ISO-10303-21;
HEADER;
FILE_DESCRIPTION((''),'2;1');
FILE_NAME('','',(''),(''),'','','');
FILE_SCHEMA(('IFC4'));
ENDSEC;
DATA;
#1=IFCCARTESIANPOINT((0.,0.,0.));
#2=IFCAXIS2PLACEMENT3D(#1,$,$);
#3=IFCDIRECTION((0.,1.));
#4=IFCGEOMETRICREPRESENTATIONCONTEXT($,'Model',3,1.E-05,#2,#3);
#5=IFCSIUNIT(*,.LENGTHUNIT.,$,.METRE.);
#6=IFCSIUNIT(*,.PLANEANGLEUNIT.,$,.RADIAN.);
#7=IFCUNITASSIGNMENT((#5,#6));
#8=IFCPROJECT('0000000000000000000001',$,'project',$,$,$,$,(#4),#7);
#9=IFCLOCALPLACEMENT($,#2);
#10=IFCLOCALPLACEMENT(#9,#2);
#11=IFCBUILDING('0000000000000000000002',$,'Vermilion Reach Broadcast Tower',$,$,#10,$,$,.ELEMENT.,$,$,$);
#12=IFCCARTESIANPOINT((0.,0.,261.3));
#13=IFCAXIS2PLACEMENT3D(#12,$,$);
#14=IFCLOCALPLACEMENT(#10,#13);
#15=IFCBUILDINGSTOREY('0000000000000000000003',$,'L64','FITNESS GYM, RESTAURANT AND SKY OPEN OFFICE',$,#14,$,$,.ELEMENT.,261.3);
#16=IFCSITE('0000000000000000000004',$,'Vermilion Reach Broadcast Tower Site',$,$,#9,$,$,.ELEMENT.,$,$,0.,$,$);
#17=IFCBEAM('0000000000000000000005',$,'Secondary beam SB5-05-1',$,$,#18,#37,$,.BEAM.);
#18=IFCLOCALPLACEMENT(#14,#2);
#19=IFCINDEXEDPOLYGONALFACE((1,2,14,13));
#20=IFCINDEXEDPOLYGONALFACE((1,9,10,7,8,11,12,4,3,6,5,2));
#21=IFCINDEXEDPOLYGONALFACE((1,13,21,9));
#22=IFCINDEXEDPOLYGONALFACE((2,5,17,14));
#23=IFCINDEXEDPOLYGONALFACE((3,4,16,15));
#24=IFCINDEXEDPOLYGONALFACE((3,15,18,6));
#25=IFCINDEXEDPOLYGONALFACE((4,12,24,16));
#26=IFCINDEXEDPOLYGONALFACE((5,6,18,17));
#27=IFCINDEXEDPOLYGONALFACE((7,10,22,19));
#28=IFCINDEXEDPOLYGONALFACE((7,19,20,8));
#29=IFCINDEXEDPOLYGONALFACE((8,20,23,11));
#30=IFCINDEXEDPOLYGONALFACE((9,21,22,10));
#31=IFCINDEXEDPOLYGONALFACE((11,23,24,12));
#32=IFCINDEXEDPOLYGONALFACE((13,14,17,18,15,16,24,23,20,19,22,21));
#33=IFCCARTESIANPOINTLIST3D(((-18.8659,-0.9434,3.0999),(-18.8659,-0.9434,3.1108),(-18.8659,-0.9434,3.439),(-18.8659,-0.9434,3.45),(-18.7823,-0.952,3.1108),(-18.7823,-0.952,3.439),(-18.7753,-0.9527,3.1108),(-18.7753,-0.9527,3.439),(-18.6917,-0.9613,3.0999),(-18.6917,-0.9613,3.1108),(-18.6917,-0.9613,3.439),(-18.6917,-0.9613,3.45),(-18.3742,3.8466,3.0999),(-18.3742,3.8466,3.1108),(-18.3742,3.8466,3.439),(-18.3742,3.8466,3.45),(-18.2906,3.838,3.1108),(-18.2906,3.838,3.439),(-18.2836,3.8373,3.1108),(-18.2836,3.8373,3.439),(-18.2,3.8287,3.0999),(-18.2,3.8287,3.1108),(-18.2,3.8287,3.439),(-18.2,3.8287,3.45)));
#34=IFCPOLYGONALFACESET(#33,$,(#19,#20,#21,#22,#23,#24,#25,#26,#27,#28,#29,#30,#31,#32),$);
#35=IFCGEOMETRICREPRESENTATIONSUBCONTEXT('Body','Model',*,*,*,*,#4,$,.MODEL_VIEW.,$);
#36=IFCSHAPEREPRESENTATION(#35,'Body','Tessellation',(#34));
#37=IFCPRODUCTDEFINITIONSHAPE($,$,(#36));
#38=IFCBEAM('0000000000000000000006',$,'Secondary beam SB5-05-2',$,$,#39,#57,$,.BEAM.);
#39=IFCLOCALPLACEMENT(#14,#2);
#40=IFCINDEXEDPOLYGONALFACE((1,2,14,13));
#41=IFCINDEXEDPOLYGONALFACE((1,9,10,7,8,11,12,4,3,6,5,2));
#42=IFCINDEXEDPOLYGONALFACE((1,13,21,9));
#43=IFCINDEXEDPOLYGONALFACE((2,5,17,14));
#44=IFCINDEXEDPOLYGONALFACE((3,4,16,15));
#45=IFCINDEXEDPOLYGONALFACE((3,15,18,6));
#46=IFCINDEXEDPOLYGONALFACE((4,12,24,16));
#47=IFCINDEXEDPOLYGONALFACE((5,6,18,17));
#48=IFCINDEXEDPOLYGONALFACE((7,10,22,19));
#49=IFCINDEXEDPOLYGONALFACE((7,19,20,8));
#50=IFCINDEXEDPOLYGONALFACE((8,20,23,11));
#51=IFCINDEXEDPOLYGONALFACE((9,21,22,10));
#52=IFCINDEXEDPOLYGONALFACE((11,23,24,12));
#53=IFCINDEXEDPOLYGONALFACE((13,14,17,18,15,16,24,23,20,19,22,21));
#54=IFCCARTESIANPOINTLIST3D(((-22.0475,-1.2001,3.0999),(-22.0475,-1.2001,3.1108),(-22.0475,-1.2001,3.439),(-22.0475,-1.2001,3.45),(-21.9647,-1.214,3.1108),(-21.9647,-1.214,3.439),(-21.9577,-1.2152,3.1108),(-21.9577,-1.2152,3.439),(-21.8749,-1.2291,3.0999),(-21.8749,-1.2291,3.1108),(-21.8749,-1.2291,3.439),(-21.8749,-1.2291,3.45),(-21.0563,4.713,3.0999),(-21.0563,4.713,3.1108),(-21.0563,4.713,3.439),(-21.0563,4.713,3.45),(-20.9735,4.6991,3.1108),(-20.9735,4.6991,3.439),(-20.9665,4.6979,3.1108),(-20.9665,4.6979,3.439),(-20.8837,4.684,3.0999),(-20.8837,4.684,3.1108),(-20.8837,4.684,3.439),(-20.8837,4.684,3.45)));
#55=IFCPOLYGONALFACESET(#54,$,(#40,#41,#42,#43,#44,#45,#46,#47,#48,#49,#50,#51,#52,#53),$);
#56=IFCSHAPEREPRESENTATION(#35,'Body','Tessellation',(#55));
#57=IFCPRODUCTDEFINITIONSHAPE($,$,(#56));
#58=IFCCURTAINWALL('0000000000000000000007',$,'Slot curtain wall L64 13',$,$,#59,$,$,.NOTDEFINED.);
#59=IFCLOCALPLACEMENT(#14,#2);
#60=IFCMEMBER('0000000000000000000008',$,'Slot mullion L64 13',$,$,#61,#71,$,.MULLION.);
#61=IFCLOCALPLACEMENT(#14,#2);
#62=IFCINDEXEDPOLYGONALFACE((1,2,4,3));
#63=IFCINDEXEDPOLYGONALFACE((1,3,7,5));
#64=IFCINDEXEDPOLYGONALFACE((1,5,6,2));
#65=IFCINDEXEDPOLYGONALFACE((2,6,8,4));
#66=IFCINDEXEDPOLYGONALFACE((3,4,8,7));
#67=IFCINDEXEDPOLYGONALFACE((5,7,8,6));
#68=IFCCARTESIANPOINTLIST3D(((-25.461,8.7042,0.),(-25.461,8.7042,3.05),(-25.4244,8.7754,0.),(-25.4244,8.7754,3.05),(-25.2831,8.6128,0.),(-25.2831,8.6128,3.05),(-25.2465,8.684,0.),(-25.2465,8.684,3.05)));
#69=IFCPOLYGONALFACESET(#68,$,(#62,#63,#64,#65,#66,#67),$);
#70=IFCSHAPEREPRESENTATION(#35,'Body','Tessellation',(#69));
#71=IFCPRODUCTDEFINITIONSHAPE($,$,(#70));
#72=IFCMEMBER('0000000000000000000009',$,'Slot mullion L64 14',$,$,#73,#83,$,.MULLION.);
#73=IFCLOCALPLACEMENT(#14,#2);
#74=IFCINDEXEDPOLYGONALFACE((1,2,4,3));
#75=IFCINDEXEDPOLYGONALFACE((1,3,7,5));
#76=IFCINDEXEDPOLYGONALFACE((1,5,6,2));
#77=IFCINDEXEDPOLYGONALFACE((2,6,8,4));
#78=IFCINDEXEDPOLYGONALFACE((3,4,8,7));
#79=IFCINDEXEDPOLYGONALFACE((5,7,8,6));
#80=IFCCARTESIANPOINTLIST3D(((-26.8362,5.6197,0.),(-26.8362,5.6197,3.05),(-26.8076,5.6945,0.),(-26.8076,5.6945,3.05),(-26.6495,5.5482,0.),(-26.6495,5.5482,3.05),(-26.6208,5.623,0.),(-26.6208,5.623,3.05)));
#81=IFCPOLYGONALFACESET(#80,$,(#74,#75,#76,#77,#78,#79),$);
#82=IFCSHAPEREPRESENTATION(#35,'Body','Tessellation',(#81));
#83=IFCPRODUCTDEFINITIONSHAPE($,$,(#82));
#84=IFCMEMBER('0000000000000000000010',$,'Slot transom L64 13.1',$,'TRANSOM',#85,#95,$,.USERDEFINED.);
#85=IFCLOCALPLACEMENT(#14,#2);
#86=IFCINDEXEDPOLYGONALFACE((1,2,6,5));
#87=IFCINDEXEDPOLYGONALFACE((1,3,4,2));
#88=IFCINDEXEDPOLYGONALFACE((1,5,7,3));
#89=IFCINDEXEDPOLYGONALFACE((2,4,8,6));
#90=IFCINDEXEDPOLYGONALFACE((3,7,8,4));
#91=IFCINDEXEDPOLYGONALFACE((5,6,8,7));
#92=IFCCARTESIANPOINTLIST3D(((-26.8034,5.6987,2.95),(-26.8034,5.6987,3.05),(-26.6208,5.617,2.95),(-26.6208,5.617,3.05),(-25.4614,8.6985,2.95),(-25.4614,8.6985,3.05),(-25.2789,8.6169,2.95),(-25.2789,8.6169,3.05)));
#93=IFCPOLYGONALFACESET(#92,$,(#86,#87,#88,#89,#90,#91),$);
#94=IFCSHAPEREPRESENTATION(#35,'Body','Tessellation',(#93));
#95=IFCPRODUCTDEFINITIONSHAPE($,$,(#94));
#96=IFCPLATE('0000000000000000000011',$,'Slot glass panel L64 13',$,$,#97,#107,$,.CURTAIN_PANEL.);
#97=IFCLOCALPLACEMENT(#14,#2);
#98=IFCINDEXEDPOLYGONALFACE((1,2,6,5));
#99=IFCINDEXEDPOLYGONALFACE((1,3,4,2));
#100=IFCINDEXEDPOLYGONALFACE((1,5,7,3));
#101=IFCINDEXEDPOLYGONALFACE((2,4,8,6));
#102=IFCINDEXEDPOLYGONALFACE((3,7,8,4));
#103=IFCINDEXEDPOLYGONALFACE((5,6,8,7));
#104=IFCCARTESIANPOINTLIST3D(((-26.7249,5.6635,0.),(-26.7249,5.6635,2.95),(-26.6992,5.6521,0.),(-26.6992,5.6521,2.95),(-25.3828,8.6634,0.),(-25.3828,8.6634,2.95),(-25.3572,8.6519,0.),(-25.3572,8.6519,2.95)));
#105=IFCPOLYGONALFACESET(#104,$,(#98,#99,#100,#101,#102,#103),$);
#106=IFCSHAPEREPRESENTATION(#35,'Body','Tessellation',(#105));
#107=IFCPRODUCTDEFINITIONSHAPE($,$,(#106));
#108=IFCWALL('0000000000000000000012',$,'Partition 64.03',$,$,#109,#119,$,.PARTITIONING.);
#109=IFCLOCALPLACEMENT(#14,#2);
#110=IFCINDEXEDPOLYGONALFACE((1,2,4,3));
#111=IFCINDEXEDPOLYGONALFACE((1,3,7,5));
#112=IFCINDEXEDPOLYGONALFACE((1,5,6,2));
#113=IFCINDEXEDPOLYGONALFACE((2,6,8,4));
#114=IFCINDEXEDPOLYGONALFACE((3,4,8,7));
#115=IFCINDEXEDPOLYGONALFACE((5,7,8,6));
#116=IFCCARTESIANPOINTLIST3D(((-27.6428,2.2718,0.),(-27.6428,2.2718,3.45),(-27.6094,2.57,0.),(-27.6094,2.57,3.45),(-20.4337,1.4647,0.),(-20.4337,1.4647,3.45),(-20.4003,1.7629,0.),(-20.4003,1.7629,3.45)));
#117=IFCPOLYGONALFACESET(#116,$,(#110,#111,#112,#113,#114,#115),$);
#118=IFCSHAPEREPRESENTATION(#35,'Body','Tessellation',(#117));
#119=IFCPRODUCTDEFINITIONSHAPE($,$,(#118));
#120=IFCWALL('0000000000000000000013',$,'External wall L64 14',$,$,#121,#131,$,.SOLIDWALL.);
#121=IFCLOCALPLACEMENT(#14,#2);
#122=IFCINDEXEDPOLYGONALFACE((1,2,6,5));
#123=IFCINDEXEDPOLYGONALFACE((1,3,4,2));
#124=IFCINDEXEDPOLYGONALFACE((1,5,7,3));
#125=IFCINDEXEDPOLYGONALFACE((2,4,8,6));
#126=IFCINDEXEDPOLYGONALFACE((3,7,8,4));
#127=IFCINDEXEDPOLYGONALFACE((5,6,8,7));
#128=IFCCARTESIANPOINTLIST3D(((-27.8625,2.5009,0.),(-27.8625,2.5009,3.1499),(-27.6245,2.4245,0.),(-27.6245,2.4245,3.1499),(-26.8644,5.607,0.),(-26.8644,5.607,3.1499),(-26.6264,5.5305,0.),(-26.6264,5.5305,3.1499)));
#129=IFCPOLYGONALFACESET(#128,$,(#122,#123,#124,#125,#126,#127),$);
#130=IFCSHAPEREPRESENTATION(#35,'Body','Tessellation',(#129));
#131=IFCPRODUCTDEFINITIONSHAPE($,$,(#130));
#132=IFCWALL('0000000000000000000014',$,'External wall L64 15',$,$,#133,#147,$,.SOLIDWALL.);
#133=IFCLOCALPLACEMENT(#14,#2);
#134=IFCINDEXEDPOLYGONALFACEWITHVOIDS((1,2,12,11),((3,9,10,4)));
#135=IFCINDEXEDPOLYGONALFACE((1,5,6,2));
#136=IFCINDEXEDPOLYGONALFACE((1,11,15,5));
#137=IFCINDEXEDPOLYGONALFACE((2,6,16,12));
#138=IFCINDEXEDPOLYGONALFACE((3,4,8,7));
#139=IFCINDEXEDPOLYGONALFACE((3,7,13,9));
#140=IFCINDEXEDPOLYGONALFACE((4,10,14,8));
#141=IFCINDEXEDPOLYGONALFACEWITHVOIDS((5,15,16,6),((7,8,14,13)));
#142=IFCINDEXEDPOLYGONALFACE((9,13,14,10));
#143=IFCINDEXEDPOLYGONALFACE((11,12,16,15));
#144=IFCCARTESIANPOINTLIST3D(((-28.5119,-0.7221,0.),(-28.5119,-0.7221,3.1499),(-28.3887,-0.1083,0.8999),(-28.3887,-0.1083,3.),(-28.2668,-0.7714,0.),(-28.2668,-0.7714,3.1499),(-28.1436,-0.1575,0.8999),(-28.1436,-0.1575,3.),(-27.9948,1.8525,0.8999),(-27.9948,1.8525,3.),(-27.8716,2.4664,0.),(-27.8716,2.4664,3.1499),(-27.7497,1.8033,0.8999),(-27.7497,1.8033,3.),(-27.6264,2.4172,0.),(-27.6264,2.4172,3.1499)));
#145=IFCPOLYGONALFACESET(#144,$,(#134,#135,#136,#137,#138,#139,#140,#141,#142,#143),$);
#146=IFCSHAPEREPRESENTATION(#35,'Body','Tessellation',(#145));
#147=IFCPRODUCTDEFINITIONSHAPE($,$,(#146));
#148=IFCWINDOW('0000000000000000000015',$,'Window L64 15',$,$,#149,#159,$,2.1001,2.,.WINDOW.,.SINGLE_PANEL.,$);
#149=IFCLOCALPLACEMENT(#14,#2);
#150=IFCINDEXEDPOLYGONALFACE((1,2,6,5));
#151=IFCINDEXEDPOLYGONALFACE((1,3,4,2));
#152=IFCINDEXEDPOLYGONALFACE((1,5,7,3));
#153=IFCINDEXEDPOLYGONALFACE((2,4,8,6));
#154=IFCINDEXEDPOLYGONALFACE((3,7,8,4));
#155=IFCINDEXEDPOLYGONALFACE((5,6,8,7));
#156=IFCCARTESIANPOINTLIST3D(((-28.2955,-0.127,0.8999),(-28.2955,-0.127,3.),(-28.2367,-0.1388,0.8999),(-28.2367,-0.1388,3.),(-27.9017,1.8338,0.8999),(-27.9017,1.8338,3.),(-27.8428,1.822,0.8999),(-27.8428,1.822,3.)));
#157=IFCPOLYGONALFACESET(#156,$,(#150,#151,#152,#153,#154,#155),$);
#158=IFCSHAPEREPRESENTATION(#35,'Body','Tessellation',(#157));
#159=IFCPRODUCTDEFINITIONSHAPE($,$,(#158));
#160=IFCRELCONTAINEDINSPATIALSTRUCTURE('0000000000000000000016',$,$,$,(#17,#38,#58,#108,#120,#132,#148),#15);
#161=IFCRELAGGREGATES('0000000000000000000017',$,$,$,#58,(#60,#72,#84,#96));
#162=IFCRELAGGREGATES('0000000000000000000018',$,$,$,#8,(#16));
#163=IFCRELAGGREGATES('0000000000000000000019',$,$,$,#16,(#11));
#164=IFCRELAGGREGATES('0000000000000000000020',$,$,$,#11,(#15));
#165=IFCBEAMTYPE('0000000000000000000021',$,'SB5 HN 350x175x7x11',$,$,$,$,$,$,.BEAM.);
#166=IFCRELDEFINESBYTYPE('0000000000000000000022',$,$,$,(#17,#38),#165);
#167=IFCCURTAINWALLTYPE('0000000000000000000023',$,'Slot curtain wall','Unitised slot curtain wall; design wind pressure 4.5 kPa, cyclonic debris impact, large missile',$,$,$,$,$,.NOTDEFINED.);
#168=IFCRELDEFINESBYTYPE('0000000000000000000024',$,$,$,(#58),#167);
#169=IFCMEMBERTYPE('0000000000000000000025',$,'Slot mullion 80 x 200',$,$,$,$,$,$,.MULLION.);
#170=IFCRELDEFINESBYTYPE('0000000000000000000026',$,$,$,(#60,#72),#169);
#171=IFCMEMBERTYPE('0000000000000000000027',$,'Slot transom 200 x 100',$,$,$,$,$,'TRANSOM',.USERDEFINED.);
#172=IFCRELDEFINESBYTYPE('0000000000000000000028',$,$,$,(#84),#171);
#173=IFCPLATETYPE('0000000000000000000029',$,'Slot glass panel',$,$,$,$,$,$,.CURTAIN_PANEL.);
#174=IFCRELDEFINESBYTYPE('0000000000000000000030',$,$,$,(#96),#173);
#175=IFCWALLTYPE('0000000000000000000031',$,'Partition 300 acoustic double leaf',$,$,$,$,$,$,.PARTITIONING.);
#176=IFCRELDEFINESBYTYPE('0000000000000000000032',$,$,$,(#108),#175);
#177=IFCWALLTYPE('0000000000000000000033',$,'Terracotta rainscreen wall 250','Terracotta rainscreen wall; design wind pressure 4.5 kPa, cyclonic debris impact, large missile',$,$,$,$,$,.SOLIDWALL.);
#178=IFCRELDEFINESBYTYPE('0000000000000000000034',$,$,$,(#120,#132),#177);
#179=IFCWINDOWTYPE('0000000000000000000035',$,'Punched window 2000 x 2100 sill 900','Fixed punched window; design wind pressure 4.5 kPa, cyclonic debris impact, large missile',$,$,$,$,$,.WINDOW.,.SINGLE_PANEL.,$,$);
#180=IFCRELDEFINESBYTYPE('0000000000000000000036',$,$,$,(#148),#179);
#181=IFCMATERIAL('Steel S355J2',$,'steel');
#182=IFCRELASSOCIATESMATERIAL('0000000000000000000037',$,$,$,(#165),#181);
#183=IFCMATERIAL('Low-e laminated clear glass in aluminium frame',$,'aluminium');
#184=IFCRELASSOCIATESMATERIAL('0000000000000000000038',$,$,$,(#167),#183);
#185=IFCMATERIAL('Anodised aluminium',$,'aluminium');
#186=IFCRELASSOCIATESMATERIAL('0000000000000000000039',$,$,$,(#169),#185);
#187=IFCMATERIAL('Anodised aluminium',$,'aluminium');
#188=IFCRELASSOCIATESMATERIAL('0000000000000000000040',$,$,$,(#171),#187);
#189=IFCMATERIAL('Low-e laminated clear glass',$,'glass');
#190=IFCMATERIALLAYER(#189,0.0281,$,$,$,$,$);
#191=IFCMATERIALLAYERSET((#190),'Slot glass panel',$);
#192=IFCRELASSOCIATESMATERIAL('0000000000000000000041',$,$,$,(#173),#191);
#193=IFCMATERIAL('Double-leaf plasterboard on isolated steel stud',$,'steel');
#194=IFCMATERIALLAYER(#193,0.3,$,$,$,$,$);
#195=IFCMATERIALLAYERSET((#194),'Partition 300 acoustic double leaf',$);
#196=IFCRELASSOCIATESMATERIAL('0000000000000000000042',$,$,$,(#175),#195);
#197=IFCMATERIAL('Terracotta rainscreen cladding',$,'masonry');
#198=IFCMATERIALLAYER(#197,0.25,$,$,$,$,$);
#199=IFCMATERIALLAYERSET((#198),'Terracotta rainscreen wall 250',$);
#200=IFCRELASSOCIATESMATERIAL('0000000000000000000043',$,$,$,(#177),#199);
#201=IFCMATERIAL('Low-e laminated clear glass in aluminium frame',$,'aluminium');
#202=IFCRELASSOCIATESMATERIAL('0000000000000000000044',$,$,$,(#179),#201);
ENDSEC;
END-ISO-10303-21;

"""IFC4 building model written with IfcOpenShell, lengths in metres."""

from ifc_helpers import new_model, si_unit, direction, frame, frame_2d, origin, origin_2d, place, context, subcontext, project, spatial, rectangle, i_section, extrude, material, layer, layer_set, material_profile, profile_set, type_object, element, fill, aggregate, save


model = new_model("IFC4")

# Units and contexts
model_context = context("Model", 3, precision=1e-05, world=origin(), true_north=direction((0.0, 1.0)))
body_context = subcontext(model_context, "Body", "Model", "MODEL_VIEW")
ifc_project = project(units=[si_unit("LENGTHUNIT", "METRE"), si_unit("PLANEANGLEUNIT", "RADIAN")], contexts=[model_context])

# Site, building, storey
site_placement = place(None, origin())
site = spatial("IfcSite", under=ifc_project, at=site_placement, Name="Vermilion Reach Broadcast Tower Site", CompositionType="ELEMENT", RefElevation=0.0)
building_placement = place(site_placement, origin())
building = spatial("IfcBuilding", under=site, at=building_placement, Name="Vermilion Reach Broadcast Tower", CompositionType="ELEMENT")
storey_placement = place(building_placement, frame((0.0, 0.0, 261.3)))
storey = spatial("IfcBuildingStorey", under=building, at=storey_placement, Name="L64", Description="FITNESS GYM, RESTAURANT AND SKY OPEN OFFICE", CompositionType="ELEMENT", Elevation=261.3)

# Beams
ifc_material_1 = material(Name="Steel S355J2", Category="steel")
ifc_material_profile_1 = material_profile(ifc_material_1, i_section(OverallWidth=0.175, OverallDepth=0.3501, WebThickness=0.0071, FlangeThickness=0.011, at=origin_2d()), Name="S355J2 HN 350x175x7x11")
ifc_profile_set_1 = profile_set([ifc_material_profile_1], Name="Steel S355J2")
beam_type_1 = type_object("IfcBeamType", Name="SB5 HN 350x175x7x11", PredefinedType="BEAM", material=ifc_profile_set_1)
beam_1_placement = place(storey_placement, frame((-18.2871, 3.8376, 3.2749), z_axis=(-0.102114, -0.994773, 0.0), x_axis=(0.994773, -0.102114, 0.0)))
element("IfcBeam", 1, at=beam_1_placement, inside=storey, type_object=beam_type_1, Name="Secondary beam SB5-05-1", PredefinedType="BEAM", context=body_context, shape_type="SweptSolid", body=[
    extrude(i_section(OverallWidth=0.175, OverallDepth=0.3501, WebThickness=0.0071, FlangeThickness=0.011, at=origin_2d()), origin(), (0.0, 0.0, 1.0), 4.8152),
])
beam_2_placement = place(storey_placement, frame((-20.97, 4.6985, 3.2749), z_axis=(-0.165323, -0.986239, 0.0), x_axis=(0.986239, -0.165323, 0.0)))
element("IfcBeam", 2, at=beam_2_placement, inside=storey, type_object=beam_type_1, Name="Secondary beam SB5-05-2", PredefinedType="BEAM", context=body_context, shape_type="SweptSolid", body=[
    extrude(i_section(OverallWidth=0.175, OverallDepth=0.3501, WebThickness=0.0071, FlangeThickness=0.011, at=origin_2d()), origin(), (0.0, 0.0, 1.0), 5.9956),
])

# Curtain wall, members, plate
ifc_material_2 = material(Name="Low-e laminated clear glass in aluminium frame", Category="aluminium")
curtain_wall_type = type_object("IfcCurtainWallType", Name="Slot curtain wall", Description="Unitised slot curtain wall; design wind pressure 4.5 kPa, cyclonic debris impact, large missile", PredefinedType="NOTDEFINED", material=ifc_material_2)
curtain_wall_placement = place(storey_placement, origin())
curtain_wall = element("IfcCurtainWall", 3, at=curtain_wall_placement, inside=storey, type_object=curtain_wall_type, Name="Slot curtain wall L64 13", PredefinedType="NOTDEFINED")
ifc_material_3 = material(Name="Anodised aluminium", Category="aluminium")
ifc_material_profile_2 = material_profile(ifc_material_3, rectangle(XDim=0.2, YDim=0.0801, at=origin_2d()), Name="Slot mullion 80 x 200")
ifc_profile_set_2 = profile_set([ifc_material_profile_2], Name="Anodised aluminium")
member_type_1 = type_object("IfcMemberType", Name="Slot mullion 80 x 200", PredefinedType="MULLION", material=ifc_profile_set_2)
member_1_placement = place(storey_placement, frame((-25.3538, 8.6941, 0.0), z_axis=(0.0, 0.0, 1.0), x_axis=(0.889464, -0.457006, 0.0)))
member_1 = element("IfcMember", 4, at=member_1_placement, type_object=member_type_1, Name="Slot mullion L64 13", PredefinedType="MULLION", context=body_context, shape_type="SweptSolid", body=[
    extrude(rectangle(XDim=0.2, YDim=0.0801, at=origin_2d()), origin(), (0.0, 0.0, 1.0), 3.05),
])
member_2_placement = place(storey_placement, frame((-26.7285, 5.6213, 0.0), z_axis=(0.0, 0.0, 1.0), x_axis=(0.933837, -0.3577, 0.0)))
member_2 = element("IfcMember", 5, at=member_2_placement, type_object=member_type_1, Name="Slot mullion L64 14", PredefinedType="MULLION", context=body_context, shape_type="SweptSolid", body=[
    extrude(rectangle(XDim=0.2, YDim=0.0801, at=origin_2d()), origin(), (0.0, 0.0, 1.0), 3.05),
])
ifc_material_4 = material(Name="Anodised aluminium", Category="aluminium")
ifc_material_profile_3 = material_profile(ifc_material_4, rectangle(XDim=0.2, YDim=0.1001, at=origin_2d()), Name="Slot transom 200 x 100")
ifc_profile_set_3 = profile_set([ifc_material_profile_3], Name="Anodised aluminium")
member_type_2 = type_object("IfcMemberType", Name="Slot transom 200 x 100", ElementType="TRANSOM", PredefinedType="USERDEFINED", material=ifc_profile_set_3)
member_3_placement = place(storey_placement, frame((-25.3701, 8.6577, 3.0), z_axis=(-0.40835, -0.912826, 0.0), x_axis=(0.912826, -0.40835, 0.0)))
member_3 = element("IfcMember", 6, at=member_3_placement, type_object=member_type_2, Name="Slot transom L64 13.1", ObjectType="TRANSOM", PredefinedType="USERDEFINED", context=body_context, shape_type="SweptSolid", body=[
    extrude(rectangle(XDim=0.2, YDim=0.1001, at=origin_2d()), origin(), (0.0, 0.0, 1.0), 3.2864),
])
ifc_material_5 = material(Name="Low-e laminated clear glass", Category="glass")
ifc_layer_1 = layer(ifc_material_5, 0.0281)
ifc_layer_set_1 = layer_set([ifc_layer_1], Name="Slot glass panel")
plate_type = type_object("IfcPlateType", Name="Slot glass panel", PredefinedType="CURTAIN_PANEL", material=ifc_layer_set_1)
plate_placement = place(storey_placement, frame((-26.041, 7.1577, 0.0), z_axis=(0.0, 0.0, 1.0), x_axis=(-0.40837, -0.912817, 0.0)))
plate = element("IfcPlate", 7, at=plate_placement, type_object=plate_type, Name="Slot glass panel L64 13", PredefinedType="CURTAIN_PANEL", context=body_context, shape_type="SweptSolid", body=[
    extrude(rectangle(XDim=3.2864, YDim=0.0281, at=origin_2d()), origin(), (0.0, 0.0, 1.0), 2.95),
])
aggregate(curtain_wall, [member_1, member_2, member_3, plate])

# Walls
ifc_material_6 = material(Name="Double-leaf plasterboard on isolated steel stud", Category="steel")
ifc_layer_2 = layer(ifc_material_6, 0.3)
ifc_layer_set_2 = layer_set([ifc_layer_2], Name="Partition 300 acoustic double leaf")
wall_type_1 = type_object("IfcWallType", Name="Partition 300 acoustic double leaf", PredefinedType="PARTITIONING", material=ifc_layer_set_2)
wall_1_placement = place(storey_placement, frame((-27.626, 2.4209, 0.0), z_axis=(0.0, 0.0, 1.0), x_axis=(0.993791, -0.111263, 0.0)))
element("IfcWall", 8, at=wall_1_placement, inside=storey, type_object=wall_type_1, Name="Partition 64.03", PredefinedType="PARTITIONING", context=body_context, shape_type="SweptSolid", body=[
    extrude(rectangle(XDim=7.2542, YDim=0.3, at=frame_2d((3.627, 0.0))), origin(), (0.0, 0.0, 1.0), 3.45),
])
ifc_material_7 = material(Name="Terracotta rainscreen cladding", Category="masonry")
ifc_layer_3 = layer(ifc_material_7, 0.25)
ifc_layer_set_3 = layer_set([ifc_layer_3], Name="Terracotta rainscreen wall 250")
wall_type_2 = type_object("IfcWallType", Name="Terracotta rainscreen wall 250", Description="Terracotta rainscreen wall; design wind pressure 4.5 kPa, cyclonic debris impact, large missile", PredefinedType="SOLIDWALL", material=ifc_layer_set_3)
wall_2_placement = place(storey_placement, frame((-26.7454, 5.5688, 0.0), z_axis=(0.0, 0.0, 1.0), x_axis=(-0.305927, -0.952055, 0.0)))
element("IfcWall", 9, at=wall_2_placement, inside=storey, type_object=wall_type_2, Name="External wall L64 14", PredefinedType="SOLIDWALL", context=body_context, shape_type="SweptSolid", body=[
    extrude(rectangle(XDim=3.2625, YDim=0.25, at=frame_2d((1.6313, 0.0))), origin(), (0.0, 0.0, 1.0), 3.1499),
])

# Wall, opening, window
wall_3_placement = place(storey_placement, frame((-27.749, 2.4417, 0.0), z_axis=(0.0, 0.0, 1.0), x_axis=(-0.19691, -0.980422, 0.0)))
wall_3 = element("IfcWall", 10, at=wall_3_placement, inside=storey, type_object=wall_type_2, Name="External wall L64 15", PredefinedType="SOLIDWALL", context=body_context, shape_type="SweptSolid", body=[
    extrude(rectangle(XDim=3.2522, YDim=0.25, at=frame_2d((1.626, 0.0))), origin(), (0.0, 0.0, 1.0), 3.1499),
])
opening_1_placement = place(wall_3_placement, frame((0.626, 0.0, 0.8999)))
opening_1 = element("IfcOpeningElement", 11, at=opening_1_placement, cuts=wall_3, PredefinedType="OPENING", context=body_context, shape_type="SweptSolid", body=[
    extrude(rectangle(XDim=2.0, YDim=2.1001, at=frame_2d((1.0, 1.05))), frame((0.0, 0.135, 0.0), z_axis=(0.0, -1.0, 0.0), x_axis=(1.0, 0.0, 0.0)), (0.0, 0.0, 1.0), 0.27),
])
ifc_material_8 = material(Name="Low-e laminated clear glass in aluminium frame", Category="aluminium")
window_type = type_object("IfcWindowType", Name="Punched window 2000 x 2100 sill 900", Description="Fixed punched window; design wind pressure 4.5 kPa, cyclonic debris impact, large missile", PartitioningType="SINGLE_PANEL", PredefinedType="WINDOW", material=ifc_material_8)
window_placement = place(opening_1_placement, origin())
window = element("IfcWindow", 12, at=window_placement, inside=storey, type_object=window_type, Name="Window L64 15", OverallHeight=2.1001, OverallWidth=2.0, PartitioningType="SINGLE_PANEL", PredefinedType="WINDOW", context=body_context, shape_type="SweptSolid", body=[
    extrude(rectangle(XDim=2.0, YDim=2.1001, at=frame_2d((1.0, 1.05))), frame((0.0, 0.03, 0.0), z_axis=(0.0, -1.0, 0.0), x_axis=(1.0, 0.0, 0.0)), (0.0, 0.0, 1.0), 0.0601),
])
fill(opening_1, window)

save(model, "model.ifc")
